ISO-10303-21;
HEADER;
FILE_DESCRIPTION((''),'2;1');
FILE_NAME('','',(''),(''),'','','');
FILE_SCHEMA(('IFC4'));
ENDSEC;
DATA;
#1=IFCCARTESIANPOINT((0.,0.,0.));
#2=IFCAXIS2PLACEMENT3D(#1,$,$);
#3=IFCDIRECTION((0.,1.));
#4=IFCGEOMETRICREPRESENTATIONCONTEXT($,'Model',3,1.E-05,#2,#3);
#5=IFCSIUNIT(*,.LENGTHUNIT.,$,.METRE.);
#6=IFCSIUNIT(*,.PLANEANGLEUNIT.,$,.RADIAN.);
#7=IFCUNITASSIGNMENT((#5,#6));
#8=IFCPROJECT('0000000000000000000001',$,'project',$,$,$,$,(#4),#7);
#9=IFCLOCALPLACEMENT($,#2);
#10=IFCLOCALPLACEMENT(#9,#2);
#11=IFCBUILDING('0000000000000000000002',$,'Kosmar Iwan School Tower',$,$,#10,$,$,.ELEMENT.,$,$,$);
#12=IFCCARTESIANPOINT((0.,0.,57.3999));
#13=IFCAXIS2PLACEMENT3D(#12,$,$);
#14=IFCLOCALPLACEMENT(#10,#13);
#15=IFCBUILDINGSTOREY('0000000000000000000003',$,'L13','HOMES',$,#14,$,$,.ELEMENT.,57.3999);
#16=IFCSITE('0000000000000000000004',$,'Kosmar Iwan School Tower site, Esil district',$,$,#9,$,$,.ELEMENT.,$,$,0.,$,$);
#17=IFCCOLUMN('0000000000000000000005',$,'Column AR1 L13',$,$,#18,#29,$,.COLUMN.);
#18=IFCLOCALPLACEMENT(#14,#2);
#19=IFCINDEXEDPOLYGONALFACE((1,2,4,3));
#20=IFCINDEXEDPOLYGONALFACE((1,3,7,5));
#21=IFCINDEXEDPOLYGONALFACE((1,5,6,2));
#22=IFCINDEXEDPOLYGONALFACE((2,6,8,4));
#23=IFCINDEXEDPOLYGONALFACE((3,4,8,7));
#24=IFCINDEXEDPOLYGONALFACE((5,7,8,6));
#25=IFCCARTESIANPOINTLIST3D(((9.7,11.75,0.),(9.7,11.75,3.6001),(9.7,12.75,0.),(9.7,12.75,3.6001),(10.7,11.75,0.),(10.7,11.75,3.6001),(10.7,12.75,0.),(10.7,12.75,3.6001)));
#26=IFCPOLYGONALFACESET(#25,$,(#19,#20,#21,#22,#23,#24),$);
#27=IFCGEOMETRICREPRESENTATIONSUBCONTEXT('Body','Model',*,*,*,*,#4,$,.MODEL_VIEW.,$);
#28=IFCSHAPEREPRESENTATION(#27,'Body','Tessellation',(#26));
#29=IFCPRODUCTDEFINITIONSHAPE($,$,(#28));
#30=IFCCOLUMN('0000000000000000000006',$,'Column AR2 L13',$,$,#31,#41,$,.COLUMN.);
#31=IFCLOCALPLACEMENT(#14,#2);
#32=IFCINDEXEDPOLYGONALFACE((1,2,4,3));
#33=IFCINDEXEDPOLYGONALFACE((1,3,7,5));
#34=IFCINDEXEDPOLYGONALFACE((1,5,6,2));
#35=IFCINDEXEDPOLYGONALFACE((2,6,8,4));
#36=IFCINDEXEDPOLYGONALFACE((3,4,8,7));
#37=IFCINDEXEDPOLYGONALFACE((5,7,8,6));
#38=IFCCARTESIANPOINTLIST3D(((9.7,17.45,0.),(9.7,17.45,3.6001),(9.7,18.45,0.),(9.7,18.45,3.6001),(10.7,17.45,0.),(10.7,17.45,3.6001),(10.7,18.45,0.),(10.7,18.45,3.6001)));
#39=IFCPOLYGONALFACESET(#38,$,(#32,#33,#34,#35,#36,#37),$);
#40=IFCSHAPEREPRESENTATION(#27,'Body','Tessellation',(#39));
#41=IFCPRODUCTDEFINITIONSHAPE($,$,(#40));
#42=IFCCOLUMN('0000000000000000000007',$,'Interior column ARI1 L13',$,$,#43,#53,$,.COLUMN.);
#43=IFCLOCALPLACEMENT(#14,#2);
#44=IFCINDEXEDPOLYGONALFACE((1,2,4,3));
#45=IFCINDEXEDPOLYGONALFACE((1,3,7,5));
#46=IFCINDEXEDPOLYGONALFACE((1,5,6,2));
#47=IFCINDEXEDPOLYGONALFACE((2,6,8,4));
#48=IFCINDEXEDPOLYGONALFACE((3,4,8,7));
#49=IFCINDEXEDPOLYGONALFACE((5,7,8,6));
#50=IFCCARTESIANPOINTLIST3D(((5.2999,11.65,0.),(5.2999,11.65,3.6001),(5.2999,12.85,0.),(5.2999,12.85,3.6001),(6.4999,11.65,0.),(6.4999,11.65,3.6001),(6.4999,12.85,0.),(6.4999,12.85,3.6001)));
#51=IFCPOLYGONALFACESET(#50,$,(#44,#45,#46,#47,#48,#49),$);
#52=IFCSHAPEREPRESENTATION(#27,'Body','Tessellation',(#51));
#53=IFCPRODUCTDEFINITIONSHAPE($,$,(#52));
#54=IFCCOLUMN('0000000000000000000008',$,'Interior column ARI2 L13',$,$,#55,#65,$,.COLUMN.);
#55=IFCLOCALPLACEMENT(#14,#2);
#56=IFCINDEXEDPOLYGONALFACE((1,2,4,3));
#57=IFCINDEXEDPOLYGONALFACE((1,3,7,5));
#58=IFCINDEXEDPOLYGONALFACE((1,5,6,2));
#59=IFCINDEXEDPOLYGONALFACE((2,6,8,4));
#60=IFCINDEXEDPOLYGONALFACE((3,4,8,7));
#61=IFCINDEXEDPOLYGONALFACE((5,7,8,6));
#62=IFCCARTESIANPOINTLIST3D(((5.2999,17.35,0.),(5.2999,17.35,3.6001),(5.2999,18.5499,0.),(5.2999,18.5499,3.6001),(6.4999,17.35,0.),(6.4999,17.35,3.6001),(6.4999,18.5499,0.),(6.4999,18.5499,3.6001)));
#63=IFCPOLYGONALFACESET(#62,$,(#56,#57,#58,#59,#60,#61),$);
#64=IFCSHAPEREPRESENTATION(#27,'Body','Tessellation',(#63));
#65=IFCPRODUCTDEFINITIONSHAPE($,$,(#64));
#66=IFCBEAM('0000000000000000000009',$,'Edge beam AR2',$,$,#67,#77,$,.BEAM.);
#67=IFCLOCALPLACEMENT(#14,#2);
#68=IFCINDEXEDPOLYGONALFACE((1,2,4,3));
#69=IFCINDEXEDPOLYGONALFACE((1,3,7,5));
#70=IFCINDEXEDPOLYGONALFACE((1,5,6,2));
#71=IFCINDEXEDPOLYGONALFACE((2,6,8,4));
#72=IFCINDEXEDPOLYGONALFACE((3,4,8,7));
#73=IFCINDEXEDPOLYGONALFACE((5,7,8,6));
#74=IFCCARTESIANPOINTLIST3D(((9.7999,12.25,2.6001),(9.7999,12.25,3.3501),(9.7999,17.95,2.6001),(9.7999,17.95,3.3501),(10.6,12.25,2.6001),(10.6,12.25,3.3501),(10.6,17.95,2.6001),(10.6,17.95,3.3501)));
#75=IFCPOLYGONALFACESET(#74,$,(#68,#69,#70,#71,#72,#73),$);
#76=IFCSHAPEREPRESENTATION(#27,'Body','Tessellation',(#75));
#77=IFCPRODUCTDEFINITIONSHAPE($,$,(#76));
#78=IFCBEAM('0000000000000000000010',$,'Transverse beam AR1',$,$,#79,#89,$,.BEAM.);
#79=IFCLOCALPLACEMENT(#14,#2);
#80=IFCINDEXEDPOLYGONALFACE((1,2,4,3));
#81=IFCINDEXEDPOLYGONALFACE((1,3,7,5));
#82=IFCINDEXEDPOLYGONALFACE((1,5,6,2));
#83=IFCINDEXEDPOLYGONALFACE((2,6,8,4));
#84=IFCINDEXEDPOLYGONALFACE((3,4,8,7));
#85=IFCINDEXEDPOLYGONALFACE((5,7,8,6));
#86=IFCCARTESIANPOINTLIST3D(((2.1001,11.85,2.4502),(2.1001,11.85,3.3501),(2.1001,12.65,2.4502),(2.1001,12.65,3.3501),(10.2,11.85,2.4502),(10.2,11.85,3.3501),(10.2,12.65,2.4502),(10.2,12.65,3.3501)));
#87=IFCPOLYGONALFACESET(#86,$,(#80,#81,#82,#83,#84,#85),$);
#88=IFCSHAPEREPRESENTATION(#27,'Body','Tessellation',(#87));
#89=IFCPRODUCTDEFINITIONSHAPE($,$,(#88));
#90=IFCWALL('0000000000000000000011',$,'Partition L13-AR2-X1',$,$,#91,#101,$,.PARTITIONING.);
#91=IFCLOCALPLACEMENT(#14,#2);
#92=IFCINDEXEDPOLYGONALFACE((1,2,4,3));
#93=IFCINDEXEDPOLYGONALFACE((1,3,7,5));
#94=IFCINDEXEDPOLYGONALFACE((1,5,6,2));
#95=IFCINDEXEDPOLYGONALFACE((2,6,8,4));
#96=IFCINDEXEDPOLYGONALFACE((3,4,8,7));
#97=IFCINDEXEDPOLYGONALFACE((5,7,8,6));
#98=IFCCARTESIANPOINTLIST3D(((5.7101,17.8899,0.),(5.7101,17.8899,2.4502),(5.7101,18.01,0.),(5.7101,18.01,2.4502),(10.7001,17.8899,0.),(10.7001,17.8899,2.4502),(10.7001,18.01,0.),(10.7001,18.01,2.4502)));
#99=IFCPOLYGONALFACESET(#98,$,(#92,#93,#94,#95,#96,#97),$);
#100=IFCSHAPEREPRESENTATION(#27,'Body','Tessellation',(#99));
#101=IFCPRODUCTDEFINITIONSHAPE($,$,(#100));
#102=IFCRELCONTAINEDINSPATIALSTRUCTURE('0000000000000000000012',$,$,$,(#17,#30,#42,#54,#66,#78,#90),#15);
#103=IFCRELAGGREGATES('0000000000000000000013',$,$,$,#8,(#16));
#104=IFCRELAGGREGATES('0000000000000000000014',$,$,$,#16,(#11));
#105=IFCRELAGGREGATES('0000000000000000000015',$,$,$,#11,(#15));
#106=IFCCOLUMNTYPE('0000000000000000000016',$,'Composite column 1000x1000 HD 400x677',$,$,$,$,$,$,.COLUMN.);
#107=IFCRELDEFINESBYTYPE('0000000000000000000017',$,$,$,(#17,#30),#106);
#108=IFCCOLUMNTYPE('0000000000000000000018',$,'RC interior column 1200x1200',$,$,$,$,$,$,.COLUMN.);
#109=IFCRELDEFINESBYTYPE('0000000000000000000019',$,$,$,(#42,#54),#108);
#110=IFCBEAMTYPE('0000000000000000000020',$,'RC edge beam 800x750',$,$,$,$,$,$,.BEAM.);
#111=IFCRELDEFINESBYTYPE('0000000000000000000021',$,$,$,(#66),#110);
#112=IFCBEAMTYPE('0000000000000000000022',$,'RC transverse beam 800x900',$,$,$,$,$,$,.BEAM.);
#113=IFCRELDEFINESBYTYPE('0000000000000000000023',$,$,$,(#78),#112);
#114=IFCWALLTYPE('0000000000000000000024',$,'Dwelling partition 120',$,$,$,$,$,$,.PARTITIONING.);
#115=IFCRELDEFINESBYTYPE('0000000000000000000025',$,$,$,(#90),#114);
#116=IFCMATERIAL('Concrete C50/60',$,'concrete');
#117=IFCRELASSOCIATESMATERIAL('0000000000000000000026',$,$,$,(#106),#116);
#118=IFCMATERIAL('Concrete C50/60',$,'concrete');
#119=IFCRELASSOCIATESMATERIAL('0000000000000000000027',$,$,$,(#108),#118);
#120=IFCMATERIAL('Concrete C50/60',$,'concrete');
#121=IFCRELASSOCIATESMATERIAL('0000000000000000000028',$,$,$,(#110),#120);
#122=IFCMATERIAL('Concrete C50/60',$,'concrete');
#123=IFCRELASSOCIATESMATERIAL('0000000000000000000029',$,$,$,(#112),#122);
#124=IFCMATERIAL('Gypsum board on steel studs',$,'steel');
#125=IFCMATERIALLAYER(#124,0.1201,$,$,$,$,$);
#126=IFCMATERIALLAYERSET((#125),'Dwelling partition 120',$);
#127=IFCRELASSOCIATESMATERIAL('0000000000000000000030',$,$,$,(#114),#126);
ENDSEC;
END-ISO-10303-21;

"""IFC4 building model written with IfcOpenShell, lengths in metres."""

from ifc_helpers import new_model, si_unit, direction, frame, frame_2d, origin, origin_2d, place, context, subcontext, project, spatial, rectangle, extrude, material, layer, layer_set, material_profile, profile_set, type_object, element, save


model = new_model("IFC4")

# Units and contexts
model_context = context("Model", 3, precision=1e-05, world=origin(), true_north=direction((0.0, 1.0)))
body_context = subcontext(model_context, "Body", "Model", "MODEL_VIEW")
ifc_project = project(units=[si_unit("LENGTHUNIT", "METRE"), si_unit("PLANEANGLEUNIT", "RADIAN")], contexts=[model_context])

# Site, building, storey
site_placement = place(None, origin())
site = spatial("IfcSite", under=ifc_project, at=site_placement, Name="Kosmar Iwan School Tower site, Esil district", CompositionType="ELEMENT", RefElevation=0.0)
building_placement = place(site_placement, origin())
building = spatial("IfcBuilding", under=site, at=building_placement, Name="Kosmar Iwan School Tower", CompositionType="ELEMENT")
storey_placement = place(building_placement, frame((0.0, 0.0, 57.3999)))
storey = spatial("IfcBuildingStorey", under=building, at=storey_placement, Name="L13", Description="HOMES", CompositionType="ELEMENT", Elevation=57.3999)

# Columns
ifc_material_1 = material(Name="Concrete C50/60", Category="concrete")
ifc_material_profile_1 = material_profile(ifc_material_1, rectangle(XDim=1.0, YDim=1.0, at=origin_2d()), Name="RC 1000x1000 + HD 400x677")
ifc_profile_set_1 = profile_set([ifc_material_profile_1], Name="Concrete C50/60")
column_type_1 = type_object("IfcColumnType", Name="Composite column 1000x1000 HD 400x677", PredefinedType="COLUMN", material=ifc_profile_set_1)
for number, where, z_axis, x_axis, name in (
    (1, (10.2, 12.25, 0.0), (0.0, 0.0, 1.0), (0.0, 1.0, 0.0), "Column AR1 L13"),
    (2, (10.2, 17.95, 0.0), (0.0, 0.0, 1.0), (0.0, 1.0, 0.0), "Column AR2 L13"),
):
    element("IfcColumn", number, at=place(storey_placement, frame(where, z_axis=z_axis, x_axis=x_axis)), inside=storey, type_object=column_type_1, Name=name, PredefinedType="COLUMN", context=body_context, shape_type="SweptSolid", body=[
        extrude(rectangle(XDim=1.0, YDim=1.0, at=origin_2d()), origin(), (0.0, 0.0, 1.0), 3.6001),
    ])
ifc_material_2 = material(Name="Concrete C50/60", Category="concrete")
ifc_material_profile_2 = material_profile(ifc_material_2, rectangle(XDim=1.2, YDim=1.2, at=origin_2d()), Name="RC 1200x1200")
ifc_profile_set_2 = profile_set([ifc_material_profile_2], Name="Concrete C50/60")
column_type_2 = type_object("IfcColumnType", Name="RC interior column 1200x1200", PredefinedType="COLUMN", material=ifc_profile_set_2)
for number, where, z_axis, x_axis, name in (
    (3, (5.8999, 12.25, 0.0), (0.0, 0.0, 1.0), (0.0, 1.0, 0.0), "Interior column ARI1 L13"),
    (4, (5.8999, 17.95, 0.0), (0.0, 0.0, 1.0), (0.0, 1.0, 0.0), "Interior column ARI2 L13"),
):
    element("IfcColumn", number, at=place(storey_placement, frame(where, z_axis=z_axis, x_axis=x_axis)), inside=storey, type_object=column_type_2, Name=name, PredefinedType="COLUMN", context=body_context, shape_type="SweptSolid", body=[
        extrude(rectangle(XDim=1.2, YDim=1.2, at=origin_2d()), origin(), (0.0, 0.0, 1.0), 3.6001),
    ])

# Beams
ifc_material_3 = material(Name="Concrete C50/60", Category="concrete")
ifc_material_profile_3 = material_profile(ifc_material_3, rectangle(XDim=0.8, YDim=0.75, at=origin_2d()), Name="RC 800x750")
ifc_profile_set_3 = profile_set([ifc_material_profile_3], Name="Concrete C50/60")
beam_type_1 = type_object("IfcBeamType", Name="RC edge beam 800x750", PredefinedType="BEAM", material=ifc_profile_set_3)
beam_1_placement = place(storey_placement, frame((10.2, 12.25, 2.9751), z_axis=(0.0, 1.0, 0.0), x_axis=(-1.0, 0.0, 0.0)))
element("IfcBeam", 5, at=beam_1_placement, inside=storey, type_object=beam_type_1, Name="Edge beam AR2", PredefinedType="BEAM", context=body_context, shape_type="SweptSolid", body=[
    extrude(rectangle(XDim=0.8, YDim=0.75, at=origin_2d()), origin(), (0.0, 0.0, 1.0), 5.7),
])
ifc_material_4 = material(Name="Concrete C50/60", Category="concrete")
ifc_material_profile_4 = material_profile(ifc_material_4, rectangle(XDim=0.8, YDim=0.8999, at=origin_2d()), Name="RC 800x900")
ifc_profile_set_4 = profile_set([ifc_material_profile_4], Name="Concrete C50/60")
beam_type_2 = type_object("IfcBeamType", Name="RC transverse beam 800x900", PredefinedType="BEAM", material=ifc_profile_set_4)
beam_2_placement = place(storey_placement, frame((10.2, 12.25, 2.9001), z_axis=(-1.0, 0.0, 0.0), x_axis=(0.0, -1.0, 0.0)))
element("IfcBeam", 6, at=beam_2_placement, inside=storey, type_object=beam_type_2, Name="Transverse beam AR1", PredefinedType="BEAM", context=body_context, shape_type="SweptSolid", body=[
    extrude(rectangle(XDim=0.8, YDim=0.8999, at=origin_2d()), origin(), (0.0, 0.0, 1.0), 8.0999),
])

# Wall
ifc_material_5 = material(Name="Gypsum board on steel studs", Category="steel")
ifc_layer = layer(ifc_material_5, 0.1201)
ifc_layer_set = layer_set([ifc_layer], Name="Dwelling partition 120")
wall_type = type_object("IfcWallType", Name="Dwelling partition 120", PredefinedType="PARTITIONING", material=ifc_layer_set)
wall_placement = place(storey_placement, frame((5.71, 17.95, 0.0), z_axis=(0.0, 0.0, 1.0), x_axis=(1.0, 0.0, 0.0)))
element("IfcWall", 7, at=wall_placement, inside=storey, type_object=wall_type, Name="Partition L13-AR2-X1", PredefinedType="PARTITIONING", context=body_context, shape_type="SweptSolid", body=[
    extrude(rectangle(XDim=4.99, YDim=0.1201, at=frame_2d((2.4951, 0.0))), origin(), (0.0, 0.0, 1.0), 2.4502),
])

save(model, "model.ifc")
